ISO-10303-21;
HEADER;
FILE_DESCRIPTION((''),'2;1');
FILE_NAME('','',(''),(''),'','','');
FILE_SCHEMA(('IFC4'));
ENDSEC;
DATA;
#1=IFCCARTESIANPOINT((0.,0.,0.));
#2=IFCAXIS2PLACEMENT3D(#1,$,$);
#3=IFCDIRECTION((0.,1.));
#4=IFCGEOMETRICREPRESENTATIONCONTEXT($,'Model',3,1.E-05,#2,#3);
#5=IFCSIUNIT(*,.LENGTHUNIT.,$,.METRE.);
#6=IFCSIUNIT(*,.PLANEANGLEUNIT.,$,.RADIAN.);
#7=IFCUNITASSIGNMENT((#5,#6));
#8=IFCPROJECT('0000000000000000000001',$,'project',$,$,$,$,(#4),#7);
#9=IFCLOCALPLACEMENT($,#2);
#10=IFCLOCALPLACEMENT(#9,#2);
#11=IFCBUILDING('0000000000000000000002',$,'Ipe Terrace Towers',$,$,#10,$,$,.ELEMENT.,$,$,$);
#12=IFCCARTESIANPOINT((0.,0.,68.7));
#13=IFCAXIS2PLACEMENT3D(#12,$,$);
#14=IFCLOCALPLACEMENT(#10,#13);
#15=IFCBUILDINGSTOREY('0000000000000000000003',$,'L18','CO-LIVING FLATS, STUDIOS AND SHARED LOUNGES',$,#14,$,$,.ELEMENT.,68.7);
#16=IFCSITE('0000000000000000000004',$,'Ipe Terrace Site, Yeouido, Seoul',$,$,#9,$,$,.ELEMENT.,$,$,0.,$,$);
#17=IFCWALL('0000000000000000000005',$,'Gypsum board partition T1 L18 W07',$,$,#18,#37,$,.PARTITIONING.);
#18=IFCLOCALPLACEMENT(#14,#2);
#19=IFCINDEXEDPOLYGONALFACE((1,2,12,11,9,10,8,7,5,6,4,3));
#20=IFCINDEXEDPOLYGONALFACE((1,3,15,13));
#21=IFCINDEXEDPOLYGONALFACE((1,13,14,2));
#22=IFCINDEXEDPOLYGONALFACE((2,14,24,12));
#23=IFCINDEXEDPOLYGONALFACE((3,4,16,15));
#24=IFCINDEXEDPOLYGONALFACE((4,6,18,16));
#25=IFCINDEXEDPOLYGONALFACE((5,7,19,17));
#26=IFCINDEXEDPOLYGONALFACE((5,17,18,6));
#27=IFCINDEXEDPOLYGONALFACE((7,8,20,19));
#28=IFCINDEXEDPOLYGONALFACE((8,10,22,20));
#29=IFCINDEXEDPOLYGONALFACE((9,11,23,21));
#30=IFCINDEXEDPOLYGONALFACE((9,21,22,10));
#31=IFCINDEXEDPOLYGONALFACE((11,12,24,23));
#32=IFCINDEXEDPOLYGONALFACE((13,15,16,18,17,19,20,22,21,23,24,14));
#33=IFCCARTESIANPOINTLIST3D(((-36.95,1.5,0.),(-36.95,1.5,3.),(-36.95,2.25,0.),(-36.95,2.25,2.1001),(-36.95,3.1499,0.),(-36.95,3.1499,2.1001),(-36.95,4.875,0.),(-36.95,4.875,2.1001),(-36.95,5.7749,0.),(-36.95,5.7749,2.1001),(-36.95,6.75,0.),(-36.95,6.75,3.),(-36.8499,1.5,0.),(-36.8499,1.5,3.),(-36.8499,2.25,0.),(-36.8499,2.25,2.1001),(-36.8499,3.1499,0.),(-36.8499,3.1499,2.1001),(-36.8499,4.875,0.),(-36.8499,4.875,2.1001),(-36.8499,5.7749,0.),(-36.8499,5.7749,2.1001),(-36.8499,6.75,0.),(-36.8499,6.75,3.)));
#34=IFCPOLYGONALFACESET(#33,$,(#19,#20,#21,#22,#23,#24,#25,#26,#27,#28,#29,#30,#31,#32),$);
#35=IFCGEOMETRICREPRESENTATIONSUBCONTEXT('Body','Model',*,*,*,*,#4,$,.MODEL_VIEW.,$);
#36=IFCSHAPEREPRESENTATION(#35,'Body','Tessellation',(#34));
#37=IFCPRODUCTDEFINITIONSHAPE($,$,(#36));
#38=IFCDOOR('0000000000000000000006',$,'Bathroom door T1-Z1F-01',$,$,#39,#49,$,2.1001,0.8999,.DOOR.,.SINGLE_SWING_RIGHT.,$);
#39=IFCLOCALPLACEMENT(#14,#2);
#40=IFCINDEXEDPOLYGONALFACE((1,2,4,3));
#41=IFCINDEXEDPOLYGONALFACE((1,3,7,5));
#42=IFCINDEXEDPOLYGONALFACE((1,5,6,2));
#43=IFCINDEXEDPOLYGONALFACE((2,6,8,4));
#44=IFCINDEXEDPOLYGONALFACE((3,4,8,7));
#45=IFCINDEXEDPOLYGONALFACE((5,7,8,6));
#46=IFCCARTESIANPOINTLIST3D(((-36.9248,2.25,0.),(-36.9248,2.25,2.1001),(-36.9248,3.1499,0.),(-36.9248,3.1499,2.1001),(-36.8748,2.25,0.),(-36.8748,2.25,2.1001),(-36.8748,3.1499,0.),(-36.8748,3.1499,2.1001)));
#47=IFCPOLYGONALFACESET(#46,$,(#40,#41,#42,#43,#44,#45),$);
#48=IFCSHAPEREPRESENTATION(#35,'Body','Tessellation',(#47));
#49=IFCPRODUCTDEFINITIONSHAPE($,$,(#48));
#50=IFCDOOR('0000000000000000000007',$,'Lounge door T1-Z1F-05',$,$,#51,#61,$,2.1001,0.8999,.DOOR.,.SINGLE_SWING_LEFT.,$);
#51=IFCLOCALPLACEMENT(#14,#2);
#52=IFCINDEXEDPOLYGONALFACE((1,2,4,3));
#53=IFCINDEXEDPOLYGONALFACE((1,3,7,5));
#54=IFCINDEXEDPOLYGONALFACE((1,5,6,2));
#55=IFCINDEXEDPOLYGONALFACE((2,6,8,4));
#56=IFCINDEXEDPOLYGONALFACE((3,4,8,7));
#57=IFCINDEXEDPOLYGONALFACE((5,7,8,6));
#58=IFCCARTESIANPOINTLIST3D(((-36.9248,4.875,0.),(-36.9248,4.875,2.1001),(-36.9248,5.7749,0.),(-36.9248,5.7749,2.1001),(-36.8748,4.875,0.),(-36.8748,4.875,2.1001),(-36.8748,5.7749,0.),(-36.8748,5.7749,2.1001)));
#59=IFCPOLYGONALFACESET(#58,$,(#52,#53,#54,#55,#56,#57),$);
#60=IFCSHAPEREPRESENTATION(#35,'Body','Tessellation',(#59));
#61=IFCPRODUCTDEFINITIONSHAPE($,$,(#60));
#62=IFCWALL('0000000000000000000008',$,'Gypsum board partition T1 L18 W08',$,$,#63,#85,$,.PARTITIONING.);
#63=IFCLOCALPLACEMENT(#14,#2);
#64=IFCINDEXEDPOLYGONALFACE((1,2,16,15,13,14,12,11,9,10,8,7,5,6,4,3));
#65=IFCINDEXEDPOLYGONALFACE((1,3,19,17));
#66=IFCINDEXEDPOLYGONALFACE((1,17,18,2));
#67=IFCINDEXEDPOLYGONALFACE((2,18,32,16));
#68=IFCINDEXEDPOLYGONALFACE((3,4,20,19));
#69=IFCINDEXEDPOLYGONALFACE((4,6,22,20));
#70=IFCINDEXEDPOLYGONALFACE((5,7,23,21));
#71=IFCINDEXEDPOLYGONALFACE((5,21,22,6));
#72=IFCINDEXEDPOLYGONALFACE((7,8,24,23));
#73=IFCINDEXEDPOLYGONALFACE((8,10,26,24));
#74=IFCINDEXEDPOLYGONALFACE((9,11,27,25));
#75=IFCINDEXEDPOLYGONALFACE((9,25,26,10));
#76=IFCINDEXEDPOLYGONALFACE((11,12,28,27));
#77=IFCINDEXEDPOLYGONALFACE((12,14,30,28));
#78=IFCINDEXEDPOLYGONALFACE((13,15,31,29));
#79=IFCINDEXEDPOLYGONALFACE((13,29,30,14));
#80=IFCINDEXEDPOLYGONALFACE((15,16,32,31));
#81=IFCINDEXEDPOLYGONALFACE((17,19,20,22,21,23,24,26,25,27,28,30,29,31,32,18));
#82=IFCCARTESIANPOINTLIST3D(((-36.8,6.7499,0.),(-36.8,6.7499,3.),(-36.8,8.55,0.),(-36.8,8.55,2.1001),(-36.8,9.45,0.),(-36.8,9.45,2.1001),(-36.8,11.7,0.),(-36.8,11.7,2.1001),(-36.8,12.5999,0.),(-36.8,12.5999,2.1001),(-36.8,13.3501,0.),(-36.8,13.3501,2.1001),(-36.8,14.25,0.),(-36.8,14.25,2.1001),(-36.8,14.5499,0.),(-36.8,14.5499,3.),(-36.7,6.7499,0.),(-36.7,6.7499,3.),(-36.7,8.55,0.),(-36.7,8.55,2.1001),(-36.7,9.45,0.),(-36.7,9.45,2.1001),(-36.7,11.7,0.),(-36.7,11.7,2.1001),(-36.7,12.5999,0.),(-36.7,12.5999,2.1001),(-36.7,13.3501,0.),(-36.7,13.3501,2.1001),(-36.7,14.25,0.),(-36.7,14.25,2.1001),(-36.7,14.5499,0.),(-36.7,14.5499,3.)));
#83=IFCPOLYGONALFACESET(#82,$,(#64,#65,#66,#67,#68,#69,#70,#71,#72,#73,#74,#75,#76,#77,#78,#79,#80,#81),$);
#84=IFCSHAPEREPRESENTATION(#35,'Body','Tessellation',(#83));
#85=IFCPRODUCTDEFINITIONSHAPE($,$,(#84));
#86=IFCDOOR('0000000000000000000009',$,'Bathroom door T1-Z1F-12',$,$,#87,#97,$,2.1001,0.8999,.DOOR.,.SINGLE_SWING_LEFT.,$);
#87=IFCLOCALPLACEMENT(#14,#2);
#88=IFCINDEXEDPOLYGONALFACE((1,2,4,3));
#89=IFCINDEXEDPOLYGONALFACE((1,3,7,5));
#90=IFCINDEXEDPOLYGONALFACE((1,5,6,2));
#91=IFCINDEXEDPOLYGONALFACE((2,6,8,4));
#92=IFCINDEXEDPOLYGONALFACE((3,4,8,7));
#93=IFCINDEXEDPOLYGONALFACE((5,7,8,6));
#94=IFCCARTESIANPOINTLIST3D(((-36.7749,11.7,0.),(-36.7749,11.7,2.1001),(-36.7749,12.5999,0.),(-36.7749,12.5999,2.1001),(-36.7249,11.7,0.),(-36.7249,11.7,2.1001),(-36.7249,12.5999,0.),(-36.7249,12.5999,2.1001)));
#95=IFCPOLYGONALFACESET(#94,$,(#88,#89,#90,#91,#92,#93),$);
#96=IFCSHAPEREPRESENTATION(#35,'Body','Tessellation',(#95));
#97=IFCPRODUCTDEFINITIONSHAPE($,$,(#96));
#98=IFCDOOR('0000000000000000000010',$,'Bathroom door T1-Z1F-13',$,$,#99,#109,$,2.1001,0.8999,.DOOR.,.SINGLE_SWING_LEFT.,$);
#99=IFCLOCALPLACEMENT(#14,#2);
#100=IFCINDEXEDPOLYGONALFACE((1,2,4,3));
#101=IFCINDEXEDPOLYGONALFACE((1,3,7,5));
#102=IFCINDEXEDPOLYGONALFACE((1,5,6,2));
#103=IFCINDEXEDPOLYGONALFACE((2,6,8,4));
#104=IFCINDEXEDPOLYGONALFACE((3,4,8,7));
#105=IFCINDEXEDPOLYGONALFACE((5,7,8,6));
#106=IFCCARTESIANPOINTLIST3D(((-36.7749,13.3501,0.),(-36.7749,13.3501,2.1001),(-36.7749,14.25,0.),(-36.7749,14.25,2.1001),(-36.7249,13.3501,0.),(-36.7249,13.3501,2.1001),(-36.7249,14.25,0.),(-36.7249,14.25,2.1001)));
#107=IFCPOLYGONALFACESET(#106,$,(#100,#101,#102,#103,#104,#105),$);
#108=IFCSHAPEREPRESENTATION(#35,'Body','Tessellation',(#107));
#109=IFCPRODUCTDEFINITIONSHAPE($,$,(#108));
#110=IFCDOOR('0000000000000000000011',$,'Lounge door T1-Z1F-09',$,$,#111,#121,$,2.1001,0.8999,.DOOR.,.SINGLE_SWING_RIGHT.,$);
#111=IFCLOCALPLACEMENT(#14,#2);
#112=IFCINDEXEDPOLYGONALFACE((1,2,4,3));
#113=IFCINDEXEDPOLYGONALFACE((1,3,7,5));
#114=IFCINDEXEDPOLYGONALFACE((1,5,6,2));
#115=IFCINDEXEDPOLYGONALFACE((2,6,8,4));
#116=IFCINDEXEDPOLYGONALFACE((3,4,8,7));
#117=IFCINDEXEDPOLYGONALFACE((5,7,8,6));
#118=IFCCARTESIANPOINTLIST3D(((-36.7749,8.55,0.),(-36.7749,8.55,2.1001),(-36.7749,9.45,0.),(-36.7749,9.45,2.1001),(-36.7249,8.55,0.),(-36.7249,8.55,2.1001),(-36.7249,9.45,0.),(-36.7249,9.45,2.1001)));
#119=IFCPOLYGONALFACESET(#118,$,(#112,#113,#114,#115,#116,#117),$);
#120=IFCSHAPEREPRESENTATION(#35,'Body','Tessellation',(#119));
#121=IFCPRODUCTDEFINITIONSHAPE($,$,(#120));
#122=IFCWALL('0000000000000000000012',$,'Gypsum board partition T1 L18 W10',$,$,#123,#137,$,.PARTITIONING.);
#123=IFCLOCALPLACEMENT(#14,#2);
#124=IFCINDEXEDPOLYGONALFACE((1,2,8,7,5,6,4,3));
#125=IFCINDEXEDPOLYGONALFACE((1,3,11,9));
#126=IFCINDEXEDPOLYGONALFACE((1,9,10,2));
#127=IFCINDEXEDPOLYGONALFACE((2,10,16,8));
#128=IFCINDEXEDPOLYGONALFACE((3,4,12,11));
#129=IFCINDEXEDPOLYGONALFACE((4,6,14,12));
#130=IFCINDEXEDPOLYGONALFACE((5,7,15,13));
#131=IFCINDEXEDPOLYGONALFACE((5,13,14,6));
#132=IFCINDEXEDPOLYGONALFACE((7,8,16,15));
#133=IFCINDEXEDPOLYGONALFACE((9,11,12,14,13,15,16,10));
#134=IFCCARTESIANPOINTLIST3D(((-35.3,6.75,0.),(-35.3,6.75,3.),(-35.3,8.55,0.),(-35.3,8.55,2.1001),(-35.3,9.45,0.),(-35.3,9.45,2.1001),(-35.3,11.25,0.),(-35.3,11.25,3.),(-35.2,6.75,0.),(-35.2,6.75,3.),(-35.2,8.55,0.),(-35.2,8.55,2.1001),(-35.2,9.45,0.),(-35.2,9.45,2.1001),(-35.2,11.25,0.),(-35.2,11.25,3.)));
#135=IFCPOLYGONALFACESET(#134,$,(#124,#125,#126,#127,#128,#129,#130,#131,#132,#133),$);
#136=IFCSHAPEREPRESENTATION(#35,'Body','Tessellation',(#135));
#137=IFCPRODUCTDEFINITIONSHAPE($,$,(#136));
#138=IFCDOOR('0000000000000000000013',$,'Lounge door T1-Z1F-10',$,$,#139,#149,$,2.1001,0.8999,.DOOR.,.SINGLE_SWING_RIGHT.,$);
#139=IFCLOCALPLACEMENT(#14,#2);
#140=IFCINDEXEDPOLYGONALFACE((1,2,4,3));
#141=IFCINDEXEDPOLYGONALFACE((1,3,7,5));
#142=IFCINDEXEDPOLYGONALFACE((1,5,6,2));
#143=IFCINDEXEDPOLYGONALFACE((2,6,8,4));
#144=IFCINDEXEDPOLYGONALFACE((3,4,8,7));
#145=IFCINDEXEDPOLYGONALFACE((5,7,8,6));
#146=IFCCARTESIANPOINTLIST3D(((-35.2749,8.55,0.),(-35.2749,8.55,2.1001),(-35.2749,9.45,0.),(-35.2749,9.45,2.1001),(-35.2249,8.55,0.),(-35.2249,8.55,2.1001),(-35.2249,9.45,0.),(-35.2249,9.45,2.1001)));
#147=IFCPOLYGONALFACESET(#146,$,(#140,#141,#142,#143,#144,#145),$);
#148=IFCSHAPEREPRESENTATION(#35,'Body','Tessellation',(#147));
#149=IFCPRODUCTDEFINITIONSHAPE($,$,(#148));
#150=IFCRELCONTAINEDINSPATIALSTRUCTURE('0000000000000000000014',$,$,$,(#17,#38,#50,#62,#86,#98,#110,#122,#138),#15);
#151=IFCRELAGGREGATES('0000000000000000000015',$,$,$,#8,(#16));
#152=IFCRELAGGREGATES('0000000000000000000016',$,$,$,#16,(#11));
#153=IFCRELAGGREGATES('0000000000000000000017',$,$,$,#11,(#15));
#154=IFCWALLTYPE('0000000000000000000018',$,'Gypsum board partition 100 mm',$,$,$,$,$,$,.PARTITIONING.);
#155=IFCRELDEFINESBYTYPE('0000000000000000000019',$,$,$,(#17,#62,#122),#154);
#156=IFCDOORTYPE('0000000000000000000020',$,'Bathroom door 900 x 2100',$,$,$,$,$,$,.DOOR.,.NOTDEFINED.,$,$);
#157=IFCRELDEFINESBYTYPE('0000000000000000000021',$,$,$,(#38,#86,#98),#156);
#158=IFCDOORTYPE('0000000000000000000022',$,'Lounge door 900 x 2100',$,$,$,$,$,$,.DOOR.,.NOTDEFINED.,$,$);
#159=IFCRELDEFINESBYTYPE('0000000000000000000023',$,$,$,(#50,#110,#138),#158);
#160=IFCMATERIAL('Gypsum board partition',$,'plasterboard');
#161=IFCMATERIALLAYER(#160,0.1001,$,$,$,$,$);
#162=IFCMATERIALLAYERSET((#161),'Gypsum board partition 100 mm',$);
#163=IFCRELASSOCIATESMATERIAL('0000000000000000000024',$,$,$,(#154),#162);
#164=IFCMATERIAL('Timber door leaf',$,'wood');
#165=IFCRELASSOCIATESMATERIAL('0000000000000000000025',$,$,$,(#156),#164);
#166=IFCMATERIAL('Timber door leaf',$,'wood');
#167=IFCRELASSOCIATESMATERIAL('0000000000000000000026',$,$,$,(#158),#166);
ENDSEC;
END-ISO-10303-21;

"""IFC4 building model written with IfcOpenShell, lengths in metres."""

from ifc_helpers import new_model, si_unit, direction, frame, frame_2d, origin, place, context, subcontext, project, spatial, rectangle, extrude, material, layer, layer_set, type_object, element, fill, save


model = new_model("IFC4")

# Units and contexts
model_context = context("Model", 3, precision=1e-05, world=origin(), true_north=direction((0.0, 1.0)))
body_context = subcontext(model_context, "Body", "Model", "MODEL_VIEW")
ifc_project = project(units=[si_unit("LENGTHUNIT", "METRE"), si_unit("PLANEANGLEUNIT", "RADIAN")], contexts=[model_context])

# Site, building, storey
site_placement = place(None, origin())
site = spatial("IfcSite", under=ifc_project, at=site_placement, Name="Ipe Terrace Site, Yeouido, Seoul", CompositionType="ELEMENT", RefElevation=0.0)
building_placement = place(site_placement, origin())
building = spatial("IfcBuilding", under=site, at=building_placement, Name="Ipe Terrace Towers", CompositionType="ELEMENT")
storey_placement = place(building_placement, frame((0.0, 0.0, 68.7)))
storey = spatial("IfcBuildingStorey", under=building, at=storey_placement, Name="L18", Description="CO-LIVING FLATS, STUDIOS AND SHARED LOUNGES", CompositionType="ELEMENT", Elevation=68.7)

# Shared definitions
ifc_material_1 = material(Name="Gypsum board partition", Category="plasterboard")
ifc_layer_1 = layer(ifc_material_1, 0.1001)
ifc_layer_set_1 = layer_set([ifc_layer_1], Name="Gypsum board partition 100 mm")
wall_type_1 = type_object("IfcWallType", Name="Gypsum board partition 100 mm", PredefinedType="PARTITIONING", material=ifc_layer_set_1)

# Walls, openings, doors
wall_1_placement = place(storey_placement, frame((-36.8999, 1.5, 0.0), z_axis=(0.0, 0.0, 1.0), x_axis=(0.0, 1.0, 0.0)))
wall_1 = element("IfcWall", 1, at=wall_1_placement, inside=storey, type_object=wall_type_1, Name="Gypsum board partition T1 L18 W07", PredefinedType="PARTITIONING", context=body_context, shape_type="SweptSolid", body=[
    extrude(rectangle(XDim=5.25, YDim=0.1001, at=frame_2d((2.625, 0.0))), origin(), (0.0, 0.0, 1.0), 3.0),
])
opening_1_placement = place(wall_1_placement, frame((0.75, 0.0, 0.0)))
opening_1 = element("IfcOpeningElement", 2, at=opening_1_placement, cuts=wall_1, PredefinedType="OPENING", context=body_context, shape_type="SweptSolid", body=[
    extrude(rectangle(XDim=0.8999, YDim=2.1001, at=frame_2d((0.45, 1.05))), frame((0.0, 0.0601, 0.0), z_axis=(0.0, -1.0, 0.0), x_axis=(1.0, 0.0, 0.0)), (0.0, 0.0, 1.0), 0.1201),
])
opening_2_placement = place(wall_1_placement, frame((3.375, 0.0, 0.0)))
opening_2 = element("IfcOpeningElement", 3, at=opening_2_placement, cuts=wall_1, PredefinedType="OPENING", context=body_context, shape_type="SweptSolid", body=[
    extrude(rectangle(XDim=0.8999, YDim=2.1001, at=frame_2d((0.45, 1.05))), frame((0.0, 0.0601, 0.0), z_axis=(0.0, -1.0, 0.0), x_axis=(1.0, 0.0, 0.0)), (0.0, 0.0, 1.0), 0.1201),
])
ifc_material_2 = material(Name="Timber door leaf", Category="wood")
door_type_1 = type_object("IfcDoorType", Name="Bathroom door 900 x 2100", OperationType="NOTDEFINED", PredefinedType="DOOR", material=ifc_material_2)
door_1_placement = place(opening_1_placement, origin())
door_1 = element("IfcDoor", 4, at=door_1_placement, inside=storey, type_object=door_type_1, Name="Bathroom door T1-Z1F-01", OperationType="SINGLE_SWING_RIGHT", OverallHeight=2.1001, OverallWidth=0.8999, PredefinedType="DOOR", context=body_context, shape_type="SweptSolid", body=[
    extrude(rectangle(XDim=0.8999, YDim=2.1001, at=frame_2d((0.45, 1.05))), frame((0.0, 0.0249, 0.0), z_axis=(0.0, -1.0, 0.0), x_axis=(1.0, 0.0, 0.0)), (0.0, 0.0, 1.0), 0.05),
])
fill(opening_1, door_1)
ifc_material_3 = material(Name="Timber door leaf", Category="wood")
door_type_2 = type_object("IfcDoorType", Name="Lounge door 900 x 2100", OperationType="NOTDEFINED", PredefinedType="DOOR", material=ifc_material_3)
door_2_placement = place(opening_2_placement, origin())
door_2 = element("IfcDoor", 5, at=door_2_placement, inside=storey, type_object=door_type_2, Name="Lounge door T1-Z1F-05", OperationType="SINGLE_SWING_LEFT", OverallHeight=2.1001, OverallWidth=0.8999, PredefinedType="DOOR", context=body_context, shape_type="SweptSolid", body=[
    extrude(rectangle(XDim=0.8999, YDim=2.1001, at=frame_2d((0.45, 1.05))), frame((0.0, 0.0249, 0.0), z_axis=(0.0, -1.0, 0.0), x_axis=(1.0, 0.0, 0.0)), (0.0, 0.0, 1.0), 0.05),
])
fill(opening_2, door_2)
wall_2_placement = place(storey_placement, frame((-36.75, 6.75, 0.0), z_axis=(0.0, 0.0, 1.0), x_axis=(0.0, 1.0, 0.0)))
wall_2 = element("IfcWall", 6, at=wall_2_placement, inside=storey, type_object=wall_type_1, Name="Gypsum board partition T1 L18 W08", PredefinedType="PARTITIONING", context=body_context, shape_type="SweptSolid", body=[
    extrude(rectangle(XDim=7.8, YDim=0.1001, at=frame_2d((3.8999, 0.0))), origin(), (0.0, 0.0, 1.0), 3.0),
])
opening_3_placement = place(wall_2_placement, frame((1.8, 0.0, 0.0)))
opening_3 = element("IfcOpeningElement", 7, at=opening_3_placement, cuts=wall_2, PredefinedType="OPENING", context=body_context, shape_type="SweptSolid", body=[
    extrude(rectangle(XDim=0.8999, YDim=2.1001, at=frame_2d((0.45, 1.05))), frame((0.0, 0.0601, 0.0), z_axis=(0.0, -1.0, 0.0), x_axis=(1.0, 0.0, 0.0)), (0.0, 0.0, 1.0), 0.1201),
])
opening_4_placement = place(wall_2_placement, frame((4.95, 0.0, 0.0)))
opening_4 = element("IfcOpeningElement", 8, at=opening_4_placement, cuts=wall_2, PredefinedType="OPENING", context=body_context, shape_type="SweptSolid", body=[
    extrude(rectangle(XDim=0.8999, YDim=2.1001, at=frame_2d((0.45, 1.05))), frame((0.0, 0.0601, 0.0), z_axis=(0.0, -1.0, 0.0), x_axis=(1.0, 0.0, 0.0)), (0.0, 0.0, 1.0), 0.1201),
])
opening_5_placement = place(wall_2_placement, frame((6.6001, 0.0, 0.0)))
opening_5 = element("IfcOpeningElement", 9, at=opening_5_placement, cuts=wall_2, PredefinedType="OPENING", context=body_context, shape_type="SweptSolid", body=[
    extrude(rectangle(XDim=0.8999, YDim=2.1001, at=frame_2d((0.45, 1.05))), frame((0.0, 0.0601, 0.0), z_axis=(0.0, -1.0, 0.0), x_axis=(1.0, 0.0, 0.0)), (0.0, 0.0, 1.0), 0.1201),
])
door_3_placement = place(opening_4_placement, origin())
door_3 = element("IfcDoor", 10, at=door_3_placement, inside=storey, type_object=door_type_1, Name="Bathroom door T1-Z1F-12", OperationType="SINGLE_SWING_LEFT", OverallHeight=2.1001, OverallWidth=0.8999, PredefinedType="DOOR", context=body_context, shape_type="SweptSolid", body=[
    extrude(rectangle(XDim=0.8999, YDim=2.1001, at=frame_2d((0.45, 1.05))), frame((0.0, 0.0249, 0.0), z_axis=(0.0, -1.0, 0.0), x_axis=(1.0, 0.0, 0.0)), (0.0, 0.0, 1.0), 0.05),
])
fill(opening_4, door_3)
door_4_placement = place(opening_5_placement, origin())
door_4 = element("IfcDoor", 11, at=door_4_placement, inside=storey, type_object=door_type_1, Name="Bathroom door T1-Z1F-13", OperationType="SINGLE_SWING_LEFT", OverallHeight=2.1001, OverallWidth=0.8999, PredefinedType="DOOR", context=body_context, shape_type="SweptSolid", body=[
    extrude(rectangle(XDim=0.8999, YDim=2.1001, at=frame_2d((0.45, 1.05))), frame((0.0, 0.0249, 0.0), z_axis=(0.0, -1.0, 0.0), x_axis=(1.0, 0.0, 0.0)), (0.0, 0.0, 1.0), 0.05),
])
fill(opening_5, door_4)
door_5_placement = place(opening_3_placement, origin())
door_5 = element("IfcDoor", 12, at=door_5_placement, inside=storey, type_object=door_type_2, Name="Lounge door T1-Z1F-09", OperationType="SINGLE_SWING_RIGHT", OverallHeight=2.1001, OverallWidth=0.8999, PredefinedType="DOOR", context=body_context, shape_type="SweptSolid", body=[
    extrude(rectangle(XDim=0.8999, YDim=2.1001, at=frame_2d((0.45, 1.05))), frame((0.0, 0.0249, 0.0), z_axis=(0.0, -1.0, 0.0), x_axis=(1.0, 0.0, 0.0)), (0.0, 0.0, 1.0), 0.05),
])
fill(opening_3, door_5)

# Wall, opening, door
wall_3_placement = place(storey_placement, frame((-35.25, 6.75, 0.0), z_axis=(0.0, 0.0, 1.0), x_axis=(0.0, 1.0, 0.0)))
wall_3 = element("IfcWall", 13, at=wall_3_placement, inside=storey, type_object=wall_type_1, Name="Gypsum board partition T1 L18 W10", PredefinedType="PARTITIONING", context=body_context, shape_type="SweptSolid", body=[
    extrude(rectangle(XDim=4.5, YDim=0.1001, at=frame_2d((2.25, 0.0))), origin(), (0.0, 0.0, 1.0), 3.0),
])
opening_6_placement = place(wall_3_placement, frame((1.8, 0.0, 0.0)))
opening_6 = element("IfcOpeningElement", 14, at=opening_6_placement, cuts=wall_3, PredefinedType="OPENING", context=body_context, shape_type="SweptSolid", body=[
    extrude(rectangle(XDim=0.8999, YDim=2.1001, at=frame_2d((0.45, 1.05))), frame((0.0, 0.0601, 0.0), z_axis=(0.0, -1.0, 0.0), x_axis=(1.0, 0.0, 0.0)), (0.0, 0.0, 1.0), 0.1201),
])
door_6_placement = place(opening_6_placement, origin())
door_6 = element("IfcDoor", 15, at=door_6_placement, inside=storey, type_object=door_type_2, Name="Lounge door T1-Z1F-10", OperationType="SINGLE_SWING_RIGHT", OverallHeight=2.1001, OverallWidth=0.8999, PredefinedType="DOOR", context=body_context, shape_type="SweptSolid", body=[
    extrude(rectangle(XDim=0.8999, YDim=2.1001, at=frame_2d((0.45, 1.05))), frame((0.0, 0.0249, 0.0), z_axis=(0.0, -1.0, 0.0), x_axis=(1.0, 0.0, 0.0)), (0.0, 0.0, 1.0), 0.05),
])
fill(opening_6, door_6)

save(model, "model.ifc")
